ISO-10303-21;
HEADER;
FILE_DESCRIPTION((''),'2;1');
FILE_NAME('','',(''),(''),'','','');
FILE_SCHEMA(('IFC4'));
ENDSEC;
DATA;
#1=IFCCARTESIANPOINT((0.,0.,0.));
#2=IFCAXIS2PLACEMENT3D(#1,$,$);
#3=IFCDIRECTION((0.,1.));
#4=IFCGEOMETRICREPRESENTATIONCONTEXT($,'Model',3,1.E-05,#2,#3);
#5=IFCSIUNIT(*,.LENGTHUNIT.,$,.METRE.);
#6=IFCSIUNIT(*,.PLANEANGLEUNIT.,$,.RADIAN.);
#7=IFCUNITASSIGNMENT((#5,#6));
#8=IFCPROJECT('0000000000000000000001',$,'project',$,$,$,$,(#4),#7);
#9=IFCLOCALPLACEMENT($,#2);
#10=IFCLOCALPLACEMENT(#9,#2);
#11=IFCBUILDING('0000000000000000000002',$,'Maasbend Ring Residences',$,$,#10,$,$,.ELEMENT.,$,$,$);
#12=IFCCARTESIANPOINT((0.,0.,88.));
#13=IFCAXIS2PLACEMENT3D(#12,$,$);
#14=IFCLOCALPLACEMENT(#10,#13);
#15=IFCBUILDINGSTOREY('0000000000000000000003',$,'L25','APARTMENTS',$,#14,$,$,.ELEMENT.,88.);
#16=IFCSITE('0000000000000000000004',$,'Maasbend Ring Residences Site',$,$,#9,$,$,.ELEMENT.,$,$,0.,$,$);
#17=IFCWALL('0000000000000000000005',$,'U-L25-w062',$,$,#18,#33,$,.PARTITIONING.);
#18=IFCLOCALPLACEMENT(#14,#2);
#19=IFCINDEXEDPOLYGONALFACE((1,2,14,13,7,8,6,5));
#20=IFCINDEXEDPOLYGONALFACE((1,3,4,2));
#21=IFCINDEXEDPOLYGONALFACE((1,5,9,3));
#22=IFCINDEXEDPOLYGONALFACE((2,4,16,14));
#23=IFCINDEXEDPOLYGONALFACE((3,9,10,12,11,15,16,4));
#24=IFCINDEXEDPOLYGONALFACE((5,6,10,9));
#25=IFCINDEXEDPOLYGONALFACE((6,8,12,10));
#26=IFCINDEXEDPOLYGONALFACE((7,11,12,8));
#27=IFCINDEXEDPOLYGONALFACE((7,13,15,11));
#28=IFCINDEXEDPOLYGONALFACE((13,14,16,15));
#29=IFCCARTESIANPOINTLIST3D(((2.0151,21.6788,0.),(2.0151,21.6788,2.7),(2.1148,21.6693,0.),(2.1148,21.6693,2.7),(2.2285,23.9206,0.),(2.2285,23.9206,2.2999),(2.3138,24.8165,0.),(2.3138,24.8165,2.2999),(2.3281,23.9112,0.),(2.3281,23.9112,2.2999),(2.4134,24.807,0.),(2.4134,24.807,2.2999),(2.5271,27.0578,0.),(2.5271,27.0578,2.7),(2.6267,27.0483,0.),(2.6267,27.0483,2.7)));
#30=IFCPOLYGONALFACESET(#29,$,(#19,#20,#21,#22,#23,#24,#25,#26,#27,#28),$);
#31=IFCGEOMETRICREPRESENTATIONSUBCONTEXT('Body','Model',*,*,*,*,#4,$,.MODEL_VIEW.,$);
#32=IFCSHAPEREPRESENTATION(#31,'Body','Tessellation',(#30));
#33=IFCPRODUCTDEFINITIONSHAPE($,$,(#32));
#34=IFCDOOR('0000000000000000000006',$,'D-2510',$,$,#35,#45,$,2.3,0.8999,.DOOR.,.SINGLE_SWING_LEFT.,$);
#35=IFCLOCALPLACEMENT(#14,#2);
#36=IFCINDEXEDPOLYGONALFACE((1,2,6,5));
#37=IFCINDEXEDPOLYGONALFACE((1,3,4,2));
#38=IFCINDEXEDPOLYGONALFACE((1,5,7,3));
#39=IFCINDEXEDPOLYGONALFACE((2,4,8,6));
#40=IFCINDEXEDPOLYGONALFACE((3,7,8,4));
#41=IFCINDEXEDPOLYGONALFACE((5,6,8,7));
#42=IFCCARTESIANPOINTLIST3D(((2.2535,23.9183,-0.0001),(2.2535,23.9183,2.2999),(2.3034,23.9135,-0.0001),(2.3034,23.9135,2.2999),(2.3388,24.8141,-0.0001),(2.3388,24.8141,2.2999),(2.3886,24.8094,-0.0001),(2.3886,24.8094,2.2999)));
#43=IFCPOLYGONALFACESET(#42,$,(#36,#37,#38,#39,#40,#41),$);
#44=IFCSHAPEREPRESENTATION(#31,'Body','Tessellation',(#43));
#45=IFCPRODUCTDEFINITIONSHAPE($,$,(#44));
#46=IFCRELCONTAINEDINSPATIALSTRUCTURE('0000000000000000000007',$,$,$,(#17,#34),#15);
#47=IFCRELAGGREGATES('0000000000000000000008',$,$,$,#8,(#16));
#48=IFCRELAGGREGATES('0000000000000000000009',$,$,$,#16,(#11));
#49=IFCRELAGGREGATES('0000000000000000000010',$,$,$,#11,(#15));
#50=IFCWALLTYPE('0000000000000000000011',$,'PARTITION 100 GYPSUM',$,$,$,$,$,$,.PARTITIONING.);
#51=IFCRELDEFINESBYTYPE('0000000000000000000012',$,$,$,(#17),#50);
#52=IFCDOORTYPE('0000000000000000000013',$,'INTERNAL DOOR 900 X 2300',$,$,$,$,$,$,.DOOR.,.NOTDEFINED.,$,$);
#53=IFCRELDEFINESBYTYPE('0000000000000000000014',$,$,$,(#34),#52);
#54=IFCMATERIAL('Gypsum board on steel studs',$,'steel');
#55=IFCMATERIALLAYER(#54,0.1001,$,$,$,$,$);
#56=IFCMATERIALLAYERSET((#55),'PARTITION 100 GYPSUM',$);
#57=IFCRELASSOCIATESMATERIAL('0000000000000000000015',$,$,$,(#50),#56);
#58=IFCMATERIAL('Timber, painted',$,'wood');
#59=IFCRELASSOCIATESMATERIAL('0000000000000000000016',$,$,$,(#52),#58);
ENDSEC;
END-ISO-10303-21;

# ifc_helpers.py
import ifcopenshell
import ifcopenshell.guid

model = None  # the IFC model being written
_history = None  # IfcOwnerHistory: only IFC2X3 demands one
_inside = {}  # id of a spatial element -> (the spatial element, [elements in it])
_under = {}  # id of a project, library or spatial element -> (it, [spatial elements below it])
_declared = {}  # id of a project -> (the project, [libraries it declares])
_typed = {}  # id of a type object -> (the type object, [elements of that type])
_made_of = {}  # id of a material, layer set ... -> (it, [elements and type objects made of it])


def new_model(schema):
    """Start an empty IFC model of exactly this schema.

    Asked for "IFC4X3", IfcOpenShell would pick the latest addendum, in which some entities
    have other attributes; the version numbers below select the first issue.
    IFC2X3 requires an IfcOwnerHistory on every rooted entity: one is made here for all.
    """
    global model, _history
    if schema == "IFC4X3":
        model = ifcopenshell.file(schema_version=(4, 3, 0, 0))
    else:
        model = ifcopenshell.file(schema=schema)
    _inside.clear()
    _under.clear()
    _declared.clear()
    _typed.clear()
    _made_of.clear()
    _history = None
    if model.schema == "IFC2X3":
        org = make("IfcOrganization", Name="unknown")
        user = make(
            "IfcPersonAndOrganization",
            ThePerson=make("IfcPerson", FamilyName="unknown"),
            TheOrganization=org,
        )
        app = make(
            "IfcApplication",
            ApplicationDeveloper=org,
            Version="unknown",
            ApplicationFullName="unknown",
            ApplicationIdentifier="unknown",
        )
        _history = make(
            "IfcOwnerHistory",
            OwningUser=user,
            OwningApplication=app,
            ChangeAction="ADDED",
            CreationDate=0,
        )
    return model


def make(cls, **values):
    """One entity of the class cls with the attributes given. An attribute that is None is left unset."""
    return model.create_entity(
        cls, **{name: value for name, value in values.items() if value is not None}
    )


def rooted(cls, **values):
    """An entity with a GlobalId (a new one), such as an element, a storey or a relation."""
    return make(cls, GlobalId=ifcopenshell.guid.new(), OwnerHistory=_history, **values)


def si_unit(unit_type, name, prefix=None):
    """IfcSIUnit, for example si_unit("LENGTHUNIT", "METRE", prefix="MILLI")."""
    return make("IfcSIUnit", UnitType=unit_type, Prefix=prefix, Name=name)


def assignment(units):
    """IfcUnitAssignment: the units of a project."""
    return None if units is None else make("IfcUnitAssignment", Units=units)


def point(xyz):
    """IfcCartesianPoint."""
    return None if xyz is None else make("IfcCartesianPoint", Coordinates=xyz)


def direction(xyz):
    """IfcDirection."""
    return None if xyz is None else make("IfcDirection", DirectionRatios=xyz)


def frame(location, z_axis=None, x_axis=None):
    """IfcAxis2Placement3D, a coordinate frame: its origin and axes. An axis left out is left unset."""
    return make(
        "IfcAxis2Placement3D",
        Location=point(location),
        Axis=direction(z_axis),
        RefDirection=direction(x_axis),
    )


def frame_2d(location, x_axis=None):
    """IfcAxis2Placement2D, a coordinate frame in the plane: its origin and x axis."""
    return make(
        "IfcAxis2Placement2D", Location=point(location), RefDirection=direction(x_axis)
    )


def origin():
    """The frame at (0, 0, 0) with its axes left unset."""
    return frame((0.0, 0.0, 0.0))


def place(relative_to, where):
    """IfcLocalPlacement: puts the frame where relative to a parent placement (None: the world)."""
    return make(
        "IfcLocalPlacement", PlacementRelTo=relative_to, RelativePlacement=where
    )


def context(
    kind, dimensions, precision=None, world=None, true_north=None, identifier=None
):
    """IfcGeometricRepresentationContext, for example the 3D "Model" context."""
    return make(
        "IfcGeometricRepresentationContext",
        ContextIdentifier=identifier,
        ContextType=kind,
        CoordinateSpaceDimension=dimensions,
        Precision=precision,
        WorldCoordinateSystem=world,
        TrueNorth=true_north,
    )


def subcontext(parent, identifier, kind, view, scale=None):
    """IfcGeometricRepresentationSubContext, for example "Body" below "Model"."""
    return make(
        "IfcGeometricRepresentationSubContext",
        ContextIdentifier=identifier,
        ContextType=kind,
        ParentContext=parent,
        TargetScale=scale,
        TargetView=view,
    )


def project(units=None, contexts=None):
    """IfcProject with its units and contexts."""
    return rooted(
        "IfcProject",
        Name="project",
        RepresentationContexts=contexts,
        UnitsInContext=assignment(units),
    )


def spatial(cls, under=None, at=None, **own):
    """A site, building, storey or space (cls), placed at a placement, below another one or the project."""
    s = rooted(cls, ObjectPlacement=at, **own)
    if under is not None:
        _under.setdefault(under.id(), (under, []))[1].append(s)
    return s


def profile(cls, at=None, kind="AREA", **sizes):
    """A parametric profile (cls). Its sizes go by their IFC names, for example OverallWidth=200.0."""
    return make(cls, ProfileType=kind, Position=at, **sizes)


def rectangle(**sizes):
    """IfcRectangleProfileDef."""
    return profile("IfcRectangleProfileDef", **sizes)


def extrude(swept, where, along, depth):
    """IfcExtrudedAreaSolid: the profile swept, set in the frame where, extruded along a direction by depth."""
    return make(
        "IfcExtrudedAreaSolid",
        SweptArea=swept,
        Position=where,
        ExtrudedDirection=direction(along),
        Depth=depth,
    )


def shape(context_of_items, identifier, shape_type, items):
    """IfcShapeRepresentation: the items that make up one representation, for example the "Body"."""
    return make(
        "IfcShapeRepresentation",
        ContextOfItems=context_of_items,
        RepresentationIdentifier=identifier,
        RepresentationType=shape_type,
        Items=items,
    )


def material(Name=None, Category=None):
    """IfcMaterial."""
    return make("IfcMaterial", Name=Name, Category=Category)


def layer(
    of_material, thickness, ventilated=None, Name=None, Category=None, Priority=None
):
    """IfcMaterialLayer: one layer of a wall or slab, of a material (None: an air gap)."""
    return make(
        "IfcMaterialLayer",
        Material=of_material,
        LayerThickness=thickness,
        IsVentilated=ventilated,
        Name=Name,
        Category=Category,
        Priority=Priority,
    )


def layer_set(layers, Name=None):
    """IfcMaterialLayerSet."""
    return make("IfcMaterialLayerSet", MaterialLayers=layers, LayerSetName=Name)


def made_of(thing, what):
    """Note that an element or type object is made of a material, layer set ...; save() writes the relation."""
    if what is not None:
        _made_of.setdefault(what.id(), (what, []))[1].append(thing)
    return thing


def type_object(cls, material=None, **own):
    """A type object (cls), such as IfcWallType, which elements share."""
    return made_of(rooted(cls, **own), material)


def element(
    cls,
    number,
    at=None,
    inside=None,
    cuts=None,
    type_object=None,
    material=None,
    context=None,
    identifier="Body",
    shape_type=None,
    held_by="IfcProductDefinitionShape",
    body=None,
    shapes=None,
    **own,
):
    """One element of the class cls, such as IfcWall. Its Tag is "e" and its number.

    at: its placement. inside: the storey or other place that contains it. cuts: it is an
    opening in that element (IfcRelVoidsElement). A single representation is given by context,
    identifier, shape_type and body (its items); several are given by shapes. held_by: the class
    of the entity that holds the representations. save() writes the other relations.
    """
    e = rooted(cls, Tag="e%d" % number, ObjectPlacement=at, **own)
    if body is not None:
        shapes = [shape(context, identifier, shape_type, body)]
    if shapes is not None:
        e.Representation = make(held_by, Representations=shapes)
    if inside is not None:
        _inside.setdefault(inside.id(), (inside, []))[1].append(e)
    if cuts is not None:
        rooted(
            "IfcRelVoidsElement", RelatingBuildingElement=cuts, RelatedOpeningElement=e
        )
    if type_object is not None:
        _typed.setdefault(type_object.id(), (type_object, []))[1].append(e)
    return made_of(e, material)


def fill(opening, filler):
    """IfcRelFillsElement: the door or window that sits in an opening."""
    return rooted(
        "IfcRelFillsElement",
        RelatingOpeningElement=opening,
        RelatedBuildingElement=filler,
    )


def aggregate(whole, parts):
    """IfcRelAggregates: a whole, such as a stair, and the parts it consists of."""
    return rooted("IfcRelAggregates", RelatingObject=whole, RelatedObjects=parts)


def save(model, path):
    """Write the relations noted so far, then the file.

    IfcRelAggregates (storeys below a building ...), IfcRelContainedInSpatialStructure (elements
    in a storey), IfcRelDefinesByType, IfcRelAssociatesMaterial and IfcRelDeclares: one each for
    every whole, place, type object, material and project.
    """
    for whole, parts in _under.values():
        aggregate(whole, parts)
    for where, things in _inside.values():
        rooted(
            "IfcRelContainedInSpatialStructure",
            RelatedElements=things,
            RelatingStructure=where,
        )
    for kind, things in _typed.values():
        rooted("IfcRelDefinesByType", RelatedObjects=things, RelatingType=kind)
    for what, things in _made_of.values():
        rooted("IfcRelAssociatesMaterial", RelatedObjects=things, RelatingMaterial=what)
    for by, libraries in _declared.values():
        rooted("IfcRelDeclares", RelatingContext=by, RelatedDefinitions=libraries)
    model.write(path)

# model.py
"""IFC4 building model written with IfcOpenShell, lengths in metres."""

from ifc_helpers import new_model, si_unit, direction, frame, frame_2d, origin, place, context, subcontext, project, spatial, rectangle, extrude, material, layer, layer_set, type_object, element, fill, save


model = new_model("IFC4")

# Units and contexts
model_context = context("Model", 3, precision=1e-05, world=origin(), true_north=direction((0.0, 1.0)))
body_context = subcontext(model_context, "Body", "Model", "MODEL_VIEW")
ifc_project = project(units=[si_unit("LENGTHUNIT", "METRE"), si_unit("PLANEANGLEUNIT", "RADIAN")], contexts=[model_context])

# Site, building, storey
site_placement = place(None, origin())
site = spatial("IfcSite", under=ifc_project, at=site_placement, Name="Maasbend Ring Residences Site", CompositionType="ELEMENT", RefElevation=0.0)
building_placement = place(site_placement, origin())
building = spatial("IfcBuilding", under=site, at=building_placement, Name="Maasbend Ring Residences", CompositionType="ELEMENT")
storey_placement = place(building_placement, frame((0.0, 0.0, 88.0)))
storey = spatial("IfcBuildingStorey", under=building, at=storey_placement, Name="L25", Description="APARTMENTS", CompositionType="ELEMENT", Elevation=88.0)

# Wall, opening, door
ifc_material_1 = material(Name="Gypsum board on steel studs", Category="steel")
ifc_layer_1 = layer(ifc_material_1, 0.1001)
ifc_layer_set_1 = layer_set([ifc_layer_1], Name="PARTITION 100 GYPSUM")
wall_type_1 = type_object("IfcWallType", Name="PARTITION 100 GYPSUM", PredefinedType="PARTITIONING", material=ifc_layer_set_1)
wall_1_placement = place(storey_placement, frame((2.0649, 21.6741, 0.0), z_axis=(0.0, 0.0, 1.0), x_axis=(0.094752, 0.995501, 0.0)))
wall_1 = element("IfcWall", 1, at=wall_1_placement, inside=storey, type_object=wall_type_1, Name="U-L25-w062", PredefinedType="PARTITIONING", context=body_context, shape_type="SweptSolid", body=[
    extrude(rectangle(XDim=5.4033, YDim=0.1001, at=frame_2d((2.7017, 0.0))), origin(), (0.0, 0.0, 1.0), 2.7),
])
opening_1_placement = place(wall_1_placement, frame((2.252, 0.0, 0.0)))
opening_1 = element("IfcOpeningElement", 2, at=opening_1_placement, cuts=wall_1, PredefinedType="OPENING", context=body_context, shape_type="SweptSolid", body=[
    extrude(rectangle(XDim=0.8999, YDim=2.3, at=frame_2d((0.45, 1.1499))), frame((0.0, 0.0601, 0.0), z_axis=(0.0, -1.0, 0.0), x_axis=(1.0, 0.0, 0.0)), (0.0, 0.0, 1.0), 0.1201),
])
ifc_material_2 = material(Name="Timber, painted", Category="wood")
door_type_1 = type_object("IfcDoorType", Name="INTERNAL DOOR 900 X 2300", OperationType="NOTDEFINED", PredefinedType="DOOR", material=ifc_material_2)
door_1_placement = place(opening_1_placement, origin())
door_1 = element("IfcDoor", 3, at=door_1_placement, inside=storey, type_object=door_type_1, Name="D-2510", OperationType="SINGLE_SWING_LEFT", OverallHeight=2.3, OverallWidth=0.8999, PredefinedType="DOOR", context=body_context, shape_type="SweptSolid", body=[
    extrude(rectangle(XDim=0.8999, YDim=2.3, at=frame_2d((0.45, 1.1499))), frame((0.0, 0.0249, 0.0), z_axis=(0.0, -1.0, 0.0), x_axis=(1.0, 0.0, 0.0)), (0.0, 0.0, 1.0), 0.05),
])
fill(opening_1, door_1)

save(model, "model.ifc")
